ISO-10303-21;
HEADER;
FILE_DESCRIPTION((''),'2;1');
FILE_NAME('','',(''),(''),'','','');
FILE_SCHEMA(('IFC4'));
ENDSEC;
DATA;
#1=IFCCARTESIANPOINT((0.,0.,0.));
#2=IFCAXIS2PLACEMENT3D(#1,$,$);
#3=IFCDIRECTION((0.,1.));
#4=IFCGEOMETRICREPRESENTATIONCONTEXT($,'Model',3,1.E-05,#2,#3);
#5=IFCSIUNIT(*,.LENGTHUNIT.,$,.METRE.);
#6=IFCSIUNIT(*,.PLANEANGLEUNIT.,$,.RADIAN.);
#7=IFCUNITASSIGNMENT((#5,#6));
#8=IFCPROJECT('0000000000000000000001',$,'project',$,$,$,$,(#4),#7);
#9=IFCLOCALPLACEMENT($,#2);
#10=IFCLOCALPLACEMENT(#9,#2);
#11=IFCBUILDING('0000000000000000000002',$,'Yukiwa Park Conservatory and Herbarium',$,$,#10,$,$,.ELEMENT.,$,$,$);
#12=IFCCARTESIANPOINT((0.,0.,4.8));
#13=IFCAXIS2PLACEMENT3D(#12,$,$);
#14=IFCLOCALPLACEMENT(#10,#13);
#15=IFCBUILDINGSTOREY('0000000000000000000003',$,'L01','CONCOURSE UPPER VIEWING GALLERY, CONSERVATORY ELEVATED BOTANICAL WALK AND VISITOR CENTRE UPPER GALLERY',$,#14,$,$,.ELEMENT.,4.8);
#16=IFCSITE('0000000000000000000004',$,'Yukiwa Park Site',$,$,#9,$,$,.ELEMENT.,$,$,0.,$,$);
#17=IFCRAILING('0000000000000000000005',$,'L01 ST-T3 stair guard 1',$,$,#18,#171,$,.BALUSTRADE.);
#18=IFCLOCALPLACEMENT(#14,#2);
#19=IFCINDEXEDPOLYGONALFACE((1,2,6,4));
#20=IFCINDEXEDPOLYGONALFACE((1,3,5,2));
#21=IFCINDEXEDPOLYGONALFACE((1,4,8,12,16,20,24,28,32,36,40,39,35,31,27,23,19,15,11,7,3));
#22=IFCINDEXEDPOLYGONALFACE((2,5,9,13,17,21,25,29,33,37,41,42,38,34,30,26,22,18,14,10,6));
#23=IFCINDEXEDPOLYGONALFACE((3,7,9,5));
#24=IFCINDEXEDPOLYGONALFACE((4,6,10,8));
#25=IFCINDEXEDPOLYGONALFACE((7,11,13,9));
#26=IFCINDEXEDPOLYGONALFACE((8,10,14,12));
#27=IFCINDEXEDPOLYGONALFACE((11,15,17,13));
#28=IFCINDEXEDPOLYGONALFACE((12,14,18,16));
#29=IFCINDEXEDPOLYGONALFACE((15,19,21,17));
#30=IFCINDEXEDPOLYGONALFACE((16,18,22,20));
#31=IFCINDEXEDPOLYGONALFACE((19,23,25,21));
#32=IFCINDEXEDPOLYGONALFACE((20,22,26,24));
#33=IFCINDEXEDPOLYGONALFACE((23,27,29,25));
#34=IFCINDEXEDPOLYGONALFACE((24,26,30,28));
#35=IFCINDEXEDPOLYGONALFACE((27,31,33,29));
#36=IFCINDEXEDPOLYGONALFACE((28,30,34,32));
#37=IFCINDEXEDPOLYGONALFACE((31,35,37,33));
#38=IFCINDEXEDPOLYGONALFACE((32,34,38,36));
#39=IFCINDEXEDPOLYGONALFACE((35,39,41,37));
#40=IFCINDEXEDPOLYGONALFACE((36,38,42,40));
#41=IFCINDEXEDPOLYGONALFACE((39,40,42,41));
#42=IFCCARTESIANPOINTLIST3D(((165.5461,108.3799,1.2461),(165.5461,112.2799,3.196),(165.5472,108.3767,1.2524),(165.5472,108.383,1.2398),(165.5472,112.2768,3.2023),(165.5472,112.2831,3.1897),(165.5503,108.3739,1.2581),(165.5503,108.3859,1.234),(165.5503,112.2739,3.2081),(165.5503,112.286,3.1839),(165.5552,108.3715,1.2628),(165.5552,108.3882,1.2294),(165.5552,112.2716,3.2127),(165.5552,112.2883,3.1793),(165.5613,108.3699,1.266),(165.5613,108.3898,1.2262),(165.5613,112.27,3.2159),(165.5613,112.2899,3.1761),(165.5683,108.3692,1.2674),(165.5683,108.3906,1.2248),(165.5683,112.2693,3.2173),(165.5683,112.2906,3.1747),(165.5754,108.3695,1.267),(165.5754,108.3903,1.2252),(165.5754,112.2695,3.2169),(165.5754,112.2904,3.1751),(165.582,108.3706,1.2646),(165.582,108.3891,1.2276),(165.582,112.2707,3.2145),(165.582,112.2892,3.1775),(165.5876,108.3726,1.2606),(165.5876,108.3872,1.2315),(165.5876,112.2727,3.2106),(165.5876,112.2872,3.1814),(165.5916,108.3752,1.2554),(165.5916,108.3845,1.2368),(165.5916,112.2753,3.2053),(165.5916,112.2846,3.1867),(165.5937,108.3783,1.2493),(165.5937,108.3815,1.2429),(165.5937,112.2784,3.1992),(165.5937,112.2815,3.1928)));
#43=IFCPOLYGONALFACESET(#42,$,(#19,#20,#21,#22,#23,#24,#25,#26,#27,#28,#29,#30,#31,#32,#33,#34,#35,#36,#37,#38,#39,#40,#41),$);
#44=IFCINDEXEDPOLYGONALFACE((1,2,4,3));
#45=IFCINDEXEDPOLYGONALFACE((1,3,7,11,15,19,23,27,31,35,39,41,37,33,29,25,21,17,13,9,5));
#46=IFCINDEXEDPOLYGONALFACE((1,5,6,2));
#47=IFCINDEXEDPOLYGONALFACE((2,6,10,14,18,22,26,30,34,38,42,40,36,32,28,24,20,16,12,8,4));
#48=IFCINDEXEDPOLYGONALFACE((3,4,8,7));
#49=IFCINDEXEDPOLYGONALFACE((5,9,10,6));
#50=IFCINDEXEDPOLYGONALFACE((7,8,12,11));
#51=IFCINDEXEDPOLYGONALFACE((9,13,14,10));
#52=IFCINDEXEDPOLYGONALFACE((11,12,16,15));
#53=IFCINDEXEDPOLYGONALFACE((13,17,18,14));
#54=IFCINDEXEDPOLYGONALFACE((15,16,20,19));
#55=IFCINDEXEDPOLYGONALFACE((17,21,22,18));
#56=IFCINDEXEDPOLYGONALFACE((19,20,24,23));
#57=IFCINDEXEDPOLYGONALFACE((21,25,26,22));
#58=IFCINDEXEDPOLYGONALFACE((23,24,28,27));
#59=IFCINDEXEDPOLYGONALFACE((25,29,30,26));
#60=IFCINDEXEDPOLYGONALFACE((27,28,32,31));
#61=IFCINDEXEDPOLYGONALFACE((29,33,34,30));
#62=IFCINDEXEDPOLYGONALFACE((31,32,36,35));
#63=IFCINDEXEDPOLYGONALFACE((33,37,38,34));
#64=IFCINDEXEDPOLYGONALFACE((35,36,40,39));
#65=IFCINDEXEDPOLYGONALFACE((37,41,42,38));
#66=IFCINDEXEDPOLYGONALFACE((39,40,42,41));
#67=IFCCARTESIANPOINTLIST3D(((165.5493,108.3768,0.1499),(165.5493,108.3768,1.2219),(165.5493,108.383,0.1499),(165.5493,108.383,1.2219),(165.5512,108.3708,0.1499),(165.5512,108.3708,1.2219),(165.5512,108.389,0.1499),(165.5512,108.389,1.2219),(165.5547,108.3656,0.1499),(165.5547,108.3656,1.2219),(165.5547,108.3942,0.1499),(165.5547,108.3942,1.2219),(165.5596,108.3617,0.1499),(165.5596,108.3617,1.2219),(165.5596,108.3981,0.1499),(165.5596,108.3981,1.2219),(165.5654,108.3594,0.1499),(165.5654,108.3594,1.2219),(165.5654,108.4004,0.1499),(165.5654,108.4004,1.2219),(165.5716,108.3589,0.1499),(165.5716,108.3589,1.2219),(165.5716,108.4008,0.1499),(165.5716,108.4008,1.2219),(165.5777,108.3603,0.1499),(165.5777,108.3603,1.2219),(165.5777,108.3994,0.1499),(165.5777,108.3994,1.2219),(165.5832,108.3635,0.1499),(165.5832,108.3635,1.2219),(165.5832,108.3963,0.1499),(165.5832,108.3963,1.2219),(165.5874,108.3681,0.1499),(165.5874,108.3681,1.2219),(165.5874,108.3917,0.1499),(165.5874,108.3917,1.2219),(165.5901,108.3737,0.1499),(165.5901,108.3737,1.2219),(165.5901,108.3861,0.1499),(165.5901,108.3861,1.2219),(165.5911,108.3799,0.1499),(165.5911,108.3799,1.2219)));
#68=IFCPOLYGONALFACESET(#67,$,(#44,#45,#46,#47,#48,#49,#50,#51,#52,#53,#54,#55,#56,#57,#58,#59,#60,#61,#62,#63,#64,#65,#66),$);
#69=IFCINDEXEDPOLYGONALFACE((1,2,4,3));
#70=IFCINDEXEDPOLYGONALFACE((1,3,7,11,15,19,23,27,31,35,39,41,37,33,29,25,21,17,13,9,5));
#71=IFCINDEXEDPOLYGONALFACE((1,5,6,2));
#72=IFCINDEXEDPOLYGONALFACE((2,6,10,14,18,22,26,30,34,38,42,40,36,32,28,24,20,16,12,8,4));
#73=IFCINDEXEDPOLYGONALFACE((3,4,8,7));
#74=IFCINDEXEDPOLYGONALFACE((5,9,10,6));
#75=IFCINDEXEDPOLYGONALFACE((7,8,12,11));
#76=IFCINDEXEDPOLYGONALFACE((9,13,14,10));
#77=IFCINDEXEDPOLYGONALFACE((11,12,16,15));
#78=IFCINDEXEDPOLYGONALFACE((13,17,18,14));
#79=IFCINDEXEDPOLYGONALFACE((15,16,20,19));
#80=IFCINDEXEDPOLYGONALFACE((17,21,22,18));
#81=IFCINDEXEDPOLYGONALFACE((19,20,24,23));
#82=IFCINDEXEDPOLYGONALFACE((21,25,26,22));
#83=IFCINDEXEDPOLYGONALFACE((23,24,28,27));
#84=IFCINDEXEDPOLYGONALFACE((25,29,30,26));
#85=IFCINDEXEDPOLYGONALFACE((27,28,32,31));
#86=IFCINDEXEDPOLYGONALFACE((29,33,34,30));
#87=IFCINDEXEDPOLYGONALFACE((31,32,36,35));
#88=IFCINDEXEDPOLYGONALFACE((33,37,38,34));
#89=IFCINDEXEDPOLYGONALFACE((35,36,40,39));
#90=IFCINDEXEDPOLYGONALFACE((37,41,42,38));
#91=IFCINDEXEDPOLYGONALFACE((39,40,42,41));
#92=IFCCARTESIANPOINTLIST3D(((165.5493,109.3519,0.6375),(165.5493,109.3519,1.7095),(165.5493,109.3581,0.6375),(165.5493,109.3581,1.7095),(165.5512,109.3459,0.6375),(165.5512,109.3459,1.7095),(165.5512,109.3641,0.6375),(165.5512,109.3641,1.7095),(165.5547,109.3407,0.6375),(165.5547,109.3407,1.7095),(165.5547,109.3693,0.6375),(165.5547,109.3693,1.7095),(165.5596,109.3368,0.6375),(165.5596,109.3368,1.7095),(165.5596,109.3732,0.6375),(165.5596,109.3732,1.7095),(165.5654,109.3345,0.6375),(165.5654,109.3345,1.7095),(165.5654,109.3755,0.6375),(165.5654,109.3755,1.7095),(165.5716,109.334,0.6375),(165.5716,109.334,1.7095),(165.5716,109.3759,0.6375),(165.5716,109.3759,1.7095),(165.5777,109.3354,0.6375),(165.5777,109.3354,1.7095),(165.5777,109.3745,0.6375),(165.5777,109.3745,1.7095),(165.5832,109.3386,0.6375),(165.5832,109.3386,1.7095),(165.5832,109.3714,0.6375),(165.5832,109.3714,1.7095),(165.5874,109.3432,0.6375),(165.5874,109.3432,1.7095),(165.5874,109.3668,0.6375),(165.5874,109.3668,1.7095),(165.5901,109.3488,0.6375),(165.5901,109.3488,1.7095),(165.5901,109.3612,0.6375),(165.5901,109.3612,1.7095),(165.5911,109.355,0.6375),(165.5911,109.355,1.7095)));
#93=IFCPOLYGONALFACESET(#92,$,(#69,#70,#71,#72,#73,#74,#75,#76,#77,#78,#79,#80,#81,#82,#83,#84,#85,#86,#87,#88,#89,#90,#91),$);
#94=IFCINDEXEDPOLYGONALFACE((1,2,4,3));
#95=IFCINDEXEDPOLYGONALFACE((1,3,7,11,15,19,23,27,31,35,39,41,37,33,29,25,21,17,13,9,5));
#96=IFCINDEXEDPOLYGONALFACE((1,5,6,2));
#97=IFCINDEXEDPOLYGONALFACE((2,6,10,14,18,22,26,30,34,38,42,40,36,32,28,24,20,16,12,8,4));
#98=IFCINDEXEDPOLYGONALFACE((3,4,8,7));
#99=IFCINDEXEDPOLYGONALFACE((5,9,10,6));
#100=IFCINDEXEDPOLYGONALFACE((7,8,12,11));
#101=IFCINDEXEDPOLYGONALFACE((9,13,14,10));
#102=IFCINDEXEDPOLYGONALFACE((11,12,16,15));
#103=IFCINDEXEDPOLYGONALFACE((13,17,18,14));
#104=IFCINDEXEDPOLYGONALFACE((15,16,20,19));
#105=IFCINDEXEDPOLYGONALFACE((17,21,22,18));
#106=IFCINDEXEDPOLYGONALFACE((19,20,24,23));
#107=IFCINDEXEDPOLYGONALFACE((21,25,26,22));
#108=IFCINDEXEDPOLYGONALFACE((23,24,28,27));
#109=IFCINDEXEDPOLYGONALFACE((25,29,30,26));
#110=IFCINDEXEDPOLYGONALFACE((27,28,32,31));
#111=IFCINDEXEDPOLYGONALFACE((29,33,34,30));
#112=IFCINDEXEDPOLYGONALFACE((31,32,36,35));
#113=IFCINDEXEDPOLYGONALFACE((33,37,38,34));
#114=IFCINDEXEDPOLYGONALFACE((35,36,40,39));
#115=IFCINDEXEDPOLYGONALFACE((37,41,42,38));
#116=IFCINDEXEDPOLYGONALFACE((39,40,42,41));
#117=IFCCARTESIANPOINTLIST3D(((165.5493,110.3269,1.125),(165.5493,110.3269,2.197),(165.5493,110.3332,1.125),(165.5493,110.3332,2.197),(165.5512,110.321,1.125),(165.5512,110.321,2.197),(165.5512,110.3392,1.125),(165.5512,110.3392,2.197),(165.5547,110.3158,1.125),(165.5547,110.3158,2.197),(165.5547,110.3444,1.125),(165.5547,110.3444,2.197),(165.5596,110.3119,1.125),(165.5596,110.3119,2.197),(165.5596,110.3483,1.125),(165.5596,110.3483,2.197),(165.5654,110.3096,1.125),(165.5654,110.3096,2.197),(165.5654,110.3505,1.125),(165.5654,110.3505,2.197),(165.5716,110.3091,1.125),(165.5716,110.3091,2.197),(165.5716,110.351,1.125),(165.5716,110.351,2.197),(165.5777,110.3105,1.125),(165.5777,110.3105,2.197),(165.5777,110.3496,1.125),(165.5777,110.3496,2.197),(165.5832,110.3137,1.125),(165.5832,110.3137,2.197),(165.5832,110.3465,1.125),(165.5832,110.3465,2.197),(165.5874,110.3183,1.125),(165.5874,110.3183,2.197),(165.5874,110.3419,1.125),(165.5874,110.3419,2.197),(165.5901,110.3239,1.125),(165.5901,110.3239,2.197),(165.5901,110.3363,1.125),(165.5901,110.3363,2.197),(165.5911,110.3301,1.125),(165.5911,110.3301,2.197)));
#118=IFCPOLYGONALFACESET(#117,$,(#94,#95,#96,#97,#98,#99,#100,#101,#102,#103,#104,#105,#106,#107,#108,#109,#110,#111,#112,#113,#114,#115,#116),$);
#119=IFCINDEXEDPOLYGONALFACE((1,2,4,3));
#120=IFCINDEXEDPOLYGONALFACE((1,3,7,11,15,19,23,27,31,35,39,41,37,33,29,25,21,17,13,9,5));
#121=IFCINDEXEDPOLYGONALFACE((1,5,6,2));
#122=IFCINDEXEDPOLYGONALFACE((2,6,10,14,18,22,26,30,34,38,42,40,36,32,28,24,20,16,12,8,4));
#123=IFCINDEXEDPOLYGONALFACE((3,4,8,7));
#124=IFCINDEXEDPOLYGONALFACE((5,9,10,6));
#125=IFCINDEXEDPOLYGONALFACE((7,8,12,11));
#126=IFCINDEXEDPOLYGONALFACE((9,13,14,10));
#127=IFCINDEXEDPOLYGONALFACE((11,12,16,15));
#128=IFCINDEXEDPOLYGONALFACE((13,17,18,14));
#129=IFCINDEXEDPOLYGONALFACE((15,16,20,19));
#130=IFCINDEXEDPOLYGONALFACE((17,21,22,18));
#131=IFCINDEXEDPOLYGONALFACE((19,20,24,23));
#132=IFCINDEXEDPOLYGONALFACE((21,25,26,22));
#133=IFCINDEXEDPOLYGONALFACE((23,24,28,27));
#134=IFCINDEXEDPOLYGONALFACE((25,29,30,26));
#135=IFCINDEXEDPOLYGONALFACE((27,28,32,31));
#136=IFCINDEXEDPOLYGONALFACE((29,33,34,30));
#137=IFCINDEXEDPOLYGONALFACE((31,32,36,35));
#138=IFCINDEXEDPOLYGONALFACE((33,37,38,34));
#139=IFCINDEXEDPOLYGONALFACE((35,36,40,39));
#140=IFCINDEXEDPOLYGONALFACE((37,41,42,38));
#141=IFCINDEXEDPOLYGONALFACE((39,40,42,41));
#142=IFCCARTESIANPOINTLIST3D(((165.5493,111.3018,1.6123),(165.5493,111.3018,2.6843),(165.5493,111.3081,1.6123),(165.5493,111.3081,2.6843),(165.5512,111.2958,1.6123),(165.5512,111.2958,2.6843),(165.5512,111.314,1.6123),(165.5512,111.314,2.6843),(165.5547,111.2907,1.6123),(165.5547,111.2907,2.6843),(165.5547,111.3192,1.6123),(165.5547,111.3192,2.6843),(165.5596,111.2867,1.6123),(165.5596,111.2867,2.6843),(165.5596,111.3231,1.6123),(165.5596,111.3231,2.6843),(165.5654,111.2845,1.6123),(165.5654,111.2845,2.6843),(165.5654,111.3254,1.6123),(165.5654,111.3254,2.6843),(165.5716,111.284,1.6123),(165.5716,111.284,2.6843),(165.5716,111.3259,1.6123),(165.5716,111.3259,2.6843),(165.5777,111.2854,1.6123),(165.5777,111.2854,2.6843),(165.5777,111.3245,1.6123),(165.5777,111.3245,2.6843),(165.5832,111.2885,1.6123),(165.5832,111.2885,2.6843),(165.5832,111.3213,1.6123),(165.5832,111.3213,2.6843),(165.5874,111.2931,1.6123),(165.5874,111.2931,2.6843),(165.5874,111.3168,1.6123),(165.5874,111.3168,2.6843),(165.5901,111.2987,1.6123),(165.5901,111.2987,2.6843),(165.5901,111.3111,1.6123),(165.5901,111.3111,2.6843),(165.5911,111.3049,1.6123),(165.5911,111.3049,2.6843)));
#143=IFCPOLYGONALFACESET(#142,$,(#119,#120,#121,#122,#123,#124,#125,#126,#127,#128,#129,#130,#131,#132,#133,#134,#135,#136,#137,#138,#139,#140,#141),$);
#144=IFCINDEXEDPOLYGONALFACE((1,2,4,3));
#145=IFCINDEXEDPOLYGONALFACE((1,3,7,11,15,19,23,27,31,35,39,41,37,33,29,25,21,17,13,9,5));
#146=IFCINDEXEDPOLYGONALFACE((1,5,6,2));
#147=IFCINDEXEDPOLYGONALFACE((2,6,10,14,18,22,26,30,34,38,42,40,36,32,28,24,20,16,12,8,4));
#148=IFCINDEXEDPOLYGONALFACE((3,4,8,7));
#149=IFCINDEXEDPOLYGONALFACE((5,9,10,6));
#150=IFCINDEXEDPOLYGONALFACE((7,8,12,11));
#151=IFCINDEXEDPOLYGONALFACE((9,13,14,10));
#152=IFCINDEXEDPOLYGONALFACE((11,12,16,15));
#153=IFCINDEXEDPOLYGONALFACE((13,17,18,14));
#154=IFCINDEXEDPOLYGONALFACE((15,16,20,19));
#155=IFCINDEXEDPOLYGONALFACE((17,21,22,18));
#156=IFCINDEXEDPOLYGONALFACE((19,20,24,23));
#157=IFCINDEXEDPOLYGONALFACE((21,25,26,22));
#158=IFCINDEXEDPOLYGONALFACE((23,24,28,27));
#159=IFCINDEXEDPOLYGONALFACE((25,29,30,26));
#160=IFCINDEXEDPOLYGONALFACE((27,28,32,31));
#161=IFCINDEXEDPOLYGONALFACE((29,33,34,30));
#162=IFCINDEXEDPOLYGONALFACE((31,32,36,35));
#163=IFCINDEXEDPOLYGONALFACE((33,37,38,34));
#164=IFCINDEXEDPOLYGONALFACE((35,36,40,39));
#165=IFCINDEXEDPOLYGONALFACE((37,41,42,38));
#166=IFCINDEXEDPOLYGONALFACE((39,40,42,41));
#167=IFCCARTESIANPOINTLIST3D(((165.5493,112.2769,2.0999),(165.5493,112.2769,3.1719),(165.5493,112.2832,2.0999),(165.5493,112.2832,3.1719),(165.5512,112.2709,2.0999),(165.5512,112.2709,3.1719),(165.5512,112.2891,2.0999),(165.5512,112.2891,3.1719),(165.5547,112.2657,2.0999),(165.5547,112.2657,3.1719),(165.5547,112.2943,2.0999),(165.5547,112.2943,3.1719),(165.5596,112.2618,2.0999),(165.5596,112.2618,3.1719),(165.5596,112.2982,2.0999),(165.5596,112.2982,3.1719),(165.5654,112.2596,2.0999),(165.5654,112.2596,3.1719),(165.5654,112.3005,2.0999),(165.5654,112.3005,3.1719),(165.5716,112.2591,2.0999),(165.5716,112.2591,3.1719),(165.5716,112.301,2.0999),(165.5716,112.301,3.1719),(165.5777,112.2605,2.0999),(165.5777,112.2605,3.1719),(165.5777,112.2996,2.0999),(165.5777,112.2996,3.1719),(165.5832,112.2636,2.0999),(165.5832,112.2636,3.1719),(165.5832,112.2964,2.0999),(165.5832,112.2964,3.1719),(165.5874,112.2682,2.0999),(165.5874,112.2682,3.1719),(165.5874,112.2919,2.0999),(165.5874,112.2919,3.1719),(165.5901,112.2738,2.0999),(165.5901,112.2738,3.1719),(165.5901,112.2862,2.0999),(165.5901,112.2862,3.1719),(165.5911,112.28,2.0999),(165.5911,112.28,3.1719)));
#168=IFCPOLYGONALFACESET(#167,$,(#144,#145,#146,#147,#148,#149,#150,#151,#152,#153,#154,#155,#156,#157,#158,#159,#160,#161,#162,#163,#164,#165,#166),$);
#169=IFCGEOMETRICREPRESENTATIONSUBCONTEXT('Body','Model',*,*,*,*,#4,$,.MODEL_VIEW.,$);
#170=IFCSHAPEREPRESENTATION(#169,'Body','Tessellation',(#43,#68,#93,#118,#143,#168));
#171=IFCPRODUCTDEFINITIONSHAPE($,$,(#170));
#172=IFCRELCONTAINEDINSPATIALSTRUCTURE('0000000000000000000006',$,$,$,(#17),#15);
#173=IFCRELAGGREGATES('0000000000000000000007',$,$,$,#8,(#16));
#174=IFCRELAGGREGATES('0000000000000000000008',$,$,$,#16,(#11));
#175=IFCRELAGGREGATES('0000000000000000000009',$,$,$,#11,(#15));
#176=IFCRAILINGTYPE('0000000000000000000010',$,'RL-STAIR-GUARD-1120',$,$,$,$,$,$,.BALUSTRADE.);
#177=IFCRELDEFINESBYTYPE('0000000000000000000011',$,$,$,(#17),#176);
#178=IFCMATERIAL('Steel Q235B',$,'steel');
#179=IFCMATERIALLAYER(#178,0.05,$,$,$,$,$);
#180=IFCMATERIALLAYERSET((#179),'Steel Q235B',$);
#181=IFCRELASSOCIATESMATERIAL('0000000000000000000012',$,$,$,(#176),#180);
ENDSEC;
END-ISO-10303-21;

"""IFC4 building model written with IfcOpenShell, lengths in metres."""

from ifc_helpers import new_model, si_unit, direction, frame, origin, origin_2d, place, context, subcontext, project, spatial, circle, extrude, material, layer, layer_set, type_object, element, save


model = new_model("IFC4")

# Units and contexts
model_context = context("Model", 3, precision=1e-05, world=origin(), true_north=direction((0.0, 1.0)))
body_context = subcontext(model_context, "Body", "Model", "MODEL_VIEW")
ifc_project = project(units=[si_unit("LENGTHUNIT", "METRE"), si_unit("PLANEANGLEUNIT", "RADIAN")], contexts=[model_context])

# Site, building, storey
site_placement = place(None, origin())
site = spatial("IfcSite", under=ifc_project, at=site_placement, Name="Yukiwa Park Site", CompositionType="ELEMENT", RefElevation=0.0)
building_placement = place(site_placement, origin())
building = spatial("IfcBuilding", under=site, at=building_placement, Name="Yukiwa Park Conservatory and Herbarium", CompositionType="ELEMENT")
storey_placement = place(building_placement, frame((0.0, 0.0, 4.8)))
storey = spatial("IfcBuildingStorey", under=building, at=storey_placement, Name="L01", Description="CONCOURSE UPPER VIEWING GALLERY, CONSERVATORY ELEVATED BOTANICAL WALK AND VISITOR CENTRE UPPER GALLERY", CompositionType="ELEMENT", Elevation=4.8)

# Railing
ifc_material_1 = material(Name="Steel Q235B", Category="steel")
ifc_layer_1 = layer(ifc_material_1, 0.05)
ifc_layer_set_1 = layer_set([ifc_layer_1], Name="Steel Q235B")
railing_type_1 = type_object("IfcRailingType", Name="RL-STAIR-GUARD-1120", PredefinedType="BALUSTRADE", material=ifc_layer_set_1)
railing_1_placement = place(storey_placement, frame((165.5701, 108.3799, 0.1499)))
element("IfcRailing", 1, at=railing_1_placement, inside=storey, type_object=railing_type_1, Name="L01 ST-T3 stair guard 1", PredefinedType="BALUSTRADE", context=body_context, shape_type="SweptSolid", body=[
    extrude(circle(Radius=0.0239, at=origin_2d()), frame((0.0, 0.0, 1.0962), z_axis=(0.0, 0.894438, 0.447191), x_axis=(-1.0, 0.0, 0.0)), (0.0, 0.0, 1.0), 4.3604),
    extrude(circle(Radius=0.021, at=origin_2d()), origin(), (0.0, 0.0, 1.0), 1.072),
    extrude(circle(Radius=0.021, at=origin_2d()), frame((0.0, 0.9751, 0.4875)), (0.0, 0.0, 1.0), 1.072),
    extrude(circle(Radius=0.021, at=origin_2d()), frame((0.0, 1.9502, 0.9751)), (0.0, 0.0, 1.0), 1.072),
    extrude(circle(Radius=0.021, at=origin_2d()), frame((0.0, 2.925, 1.4624)), (0.0, 0.0, 1.0), 1.072),
    extrude(circle(Radius=0.021, at=origin_2d()), frame((0.0, 3.9001, 1.95)), (0.0, 0.0, 1.0), 1.072),
])

save(model, "model.ifc")
